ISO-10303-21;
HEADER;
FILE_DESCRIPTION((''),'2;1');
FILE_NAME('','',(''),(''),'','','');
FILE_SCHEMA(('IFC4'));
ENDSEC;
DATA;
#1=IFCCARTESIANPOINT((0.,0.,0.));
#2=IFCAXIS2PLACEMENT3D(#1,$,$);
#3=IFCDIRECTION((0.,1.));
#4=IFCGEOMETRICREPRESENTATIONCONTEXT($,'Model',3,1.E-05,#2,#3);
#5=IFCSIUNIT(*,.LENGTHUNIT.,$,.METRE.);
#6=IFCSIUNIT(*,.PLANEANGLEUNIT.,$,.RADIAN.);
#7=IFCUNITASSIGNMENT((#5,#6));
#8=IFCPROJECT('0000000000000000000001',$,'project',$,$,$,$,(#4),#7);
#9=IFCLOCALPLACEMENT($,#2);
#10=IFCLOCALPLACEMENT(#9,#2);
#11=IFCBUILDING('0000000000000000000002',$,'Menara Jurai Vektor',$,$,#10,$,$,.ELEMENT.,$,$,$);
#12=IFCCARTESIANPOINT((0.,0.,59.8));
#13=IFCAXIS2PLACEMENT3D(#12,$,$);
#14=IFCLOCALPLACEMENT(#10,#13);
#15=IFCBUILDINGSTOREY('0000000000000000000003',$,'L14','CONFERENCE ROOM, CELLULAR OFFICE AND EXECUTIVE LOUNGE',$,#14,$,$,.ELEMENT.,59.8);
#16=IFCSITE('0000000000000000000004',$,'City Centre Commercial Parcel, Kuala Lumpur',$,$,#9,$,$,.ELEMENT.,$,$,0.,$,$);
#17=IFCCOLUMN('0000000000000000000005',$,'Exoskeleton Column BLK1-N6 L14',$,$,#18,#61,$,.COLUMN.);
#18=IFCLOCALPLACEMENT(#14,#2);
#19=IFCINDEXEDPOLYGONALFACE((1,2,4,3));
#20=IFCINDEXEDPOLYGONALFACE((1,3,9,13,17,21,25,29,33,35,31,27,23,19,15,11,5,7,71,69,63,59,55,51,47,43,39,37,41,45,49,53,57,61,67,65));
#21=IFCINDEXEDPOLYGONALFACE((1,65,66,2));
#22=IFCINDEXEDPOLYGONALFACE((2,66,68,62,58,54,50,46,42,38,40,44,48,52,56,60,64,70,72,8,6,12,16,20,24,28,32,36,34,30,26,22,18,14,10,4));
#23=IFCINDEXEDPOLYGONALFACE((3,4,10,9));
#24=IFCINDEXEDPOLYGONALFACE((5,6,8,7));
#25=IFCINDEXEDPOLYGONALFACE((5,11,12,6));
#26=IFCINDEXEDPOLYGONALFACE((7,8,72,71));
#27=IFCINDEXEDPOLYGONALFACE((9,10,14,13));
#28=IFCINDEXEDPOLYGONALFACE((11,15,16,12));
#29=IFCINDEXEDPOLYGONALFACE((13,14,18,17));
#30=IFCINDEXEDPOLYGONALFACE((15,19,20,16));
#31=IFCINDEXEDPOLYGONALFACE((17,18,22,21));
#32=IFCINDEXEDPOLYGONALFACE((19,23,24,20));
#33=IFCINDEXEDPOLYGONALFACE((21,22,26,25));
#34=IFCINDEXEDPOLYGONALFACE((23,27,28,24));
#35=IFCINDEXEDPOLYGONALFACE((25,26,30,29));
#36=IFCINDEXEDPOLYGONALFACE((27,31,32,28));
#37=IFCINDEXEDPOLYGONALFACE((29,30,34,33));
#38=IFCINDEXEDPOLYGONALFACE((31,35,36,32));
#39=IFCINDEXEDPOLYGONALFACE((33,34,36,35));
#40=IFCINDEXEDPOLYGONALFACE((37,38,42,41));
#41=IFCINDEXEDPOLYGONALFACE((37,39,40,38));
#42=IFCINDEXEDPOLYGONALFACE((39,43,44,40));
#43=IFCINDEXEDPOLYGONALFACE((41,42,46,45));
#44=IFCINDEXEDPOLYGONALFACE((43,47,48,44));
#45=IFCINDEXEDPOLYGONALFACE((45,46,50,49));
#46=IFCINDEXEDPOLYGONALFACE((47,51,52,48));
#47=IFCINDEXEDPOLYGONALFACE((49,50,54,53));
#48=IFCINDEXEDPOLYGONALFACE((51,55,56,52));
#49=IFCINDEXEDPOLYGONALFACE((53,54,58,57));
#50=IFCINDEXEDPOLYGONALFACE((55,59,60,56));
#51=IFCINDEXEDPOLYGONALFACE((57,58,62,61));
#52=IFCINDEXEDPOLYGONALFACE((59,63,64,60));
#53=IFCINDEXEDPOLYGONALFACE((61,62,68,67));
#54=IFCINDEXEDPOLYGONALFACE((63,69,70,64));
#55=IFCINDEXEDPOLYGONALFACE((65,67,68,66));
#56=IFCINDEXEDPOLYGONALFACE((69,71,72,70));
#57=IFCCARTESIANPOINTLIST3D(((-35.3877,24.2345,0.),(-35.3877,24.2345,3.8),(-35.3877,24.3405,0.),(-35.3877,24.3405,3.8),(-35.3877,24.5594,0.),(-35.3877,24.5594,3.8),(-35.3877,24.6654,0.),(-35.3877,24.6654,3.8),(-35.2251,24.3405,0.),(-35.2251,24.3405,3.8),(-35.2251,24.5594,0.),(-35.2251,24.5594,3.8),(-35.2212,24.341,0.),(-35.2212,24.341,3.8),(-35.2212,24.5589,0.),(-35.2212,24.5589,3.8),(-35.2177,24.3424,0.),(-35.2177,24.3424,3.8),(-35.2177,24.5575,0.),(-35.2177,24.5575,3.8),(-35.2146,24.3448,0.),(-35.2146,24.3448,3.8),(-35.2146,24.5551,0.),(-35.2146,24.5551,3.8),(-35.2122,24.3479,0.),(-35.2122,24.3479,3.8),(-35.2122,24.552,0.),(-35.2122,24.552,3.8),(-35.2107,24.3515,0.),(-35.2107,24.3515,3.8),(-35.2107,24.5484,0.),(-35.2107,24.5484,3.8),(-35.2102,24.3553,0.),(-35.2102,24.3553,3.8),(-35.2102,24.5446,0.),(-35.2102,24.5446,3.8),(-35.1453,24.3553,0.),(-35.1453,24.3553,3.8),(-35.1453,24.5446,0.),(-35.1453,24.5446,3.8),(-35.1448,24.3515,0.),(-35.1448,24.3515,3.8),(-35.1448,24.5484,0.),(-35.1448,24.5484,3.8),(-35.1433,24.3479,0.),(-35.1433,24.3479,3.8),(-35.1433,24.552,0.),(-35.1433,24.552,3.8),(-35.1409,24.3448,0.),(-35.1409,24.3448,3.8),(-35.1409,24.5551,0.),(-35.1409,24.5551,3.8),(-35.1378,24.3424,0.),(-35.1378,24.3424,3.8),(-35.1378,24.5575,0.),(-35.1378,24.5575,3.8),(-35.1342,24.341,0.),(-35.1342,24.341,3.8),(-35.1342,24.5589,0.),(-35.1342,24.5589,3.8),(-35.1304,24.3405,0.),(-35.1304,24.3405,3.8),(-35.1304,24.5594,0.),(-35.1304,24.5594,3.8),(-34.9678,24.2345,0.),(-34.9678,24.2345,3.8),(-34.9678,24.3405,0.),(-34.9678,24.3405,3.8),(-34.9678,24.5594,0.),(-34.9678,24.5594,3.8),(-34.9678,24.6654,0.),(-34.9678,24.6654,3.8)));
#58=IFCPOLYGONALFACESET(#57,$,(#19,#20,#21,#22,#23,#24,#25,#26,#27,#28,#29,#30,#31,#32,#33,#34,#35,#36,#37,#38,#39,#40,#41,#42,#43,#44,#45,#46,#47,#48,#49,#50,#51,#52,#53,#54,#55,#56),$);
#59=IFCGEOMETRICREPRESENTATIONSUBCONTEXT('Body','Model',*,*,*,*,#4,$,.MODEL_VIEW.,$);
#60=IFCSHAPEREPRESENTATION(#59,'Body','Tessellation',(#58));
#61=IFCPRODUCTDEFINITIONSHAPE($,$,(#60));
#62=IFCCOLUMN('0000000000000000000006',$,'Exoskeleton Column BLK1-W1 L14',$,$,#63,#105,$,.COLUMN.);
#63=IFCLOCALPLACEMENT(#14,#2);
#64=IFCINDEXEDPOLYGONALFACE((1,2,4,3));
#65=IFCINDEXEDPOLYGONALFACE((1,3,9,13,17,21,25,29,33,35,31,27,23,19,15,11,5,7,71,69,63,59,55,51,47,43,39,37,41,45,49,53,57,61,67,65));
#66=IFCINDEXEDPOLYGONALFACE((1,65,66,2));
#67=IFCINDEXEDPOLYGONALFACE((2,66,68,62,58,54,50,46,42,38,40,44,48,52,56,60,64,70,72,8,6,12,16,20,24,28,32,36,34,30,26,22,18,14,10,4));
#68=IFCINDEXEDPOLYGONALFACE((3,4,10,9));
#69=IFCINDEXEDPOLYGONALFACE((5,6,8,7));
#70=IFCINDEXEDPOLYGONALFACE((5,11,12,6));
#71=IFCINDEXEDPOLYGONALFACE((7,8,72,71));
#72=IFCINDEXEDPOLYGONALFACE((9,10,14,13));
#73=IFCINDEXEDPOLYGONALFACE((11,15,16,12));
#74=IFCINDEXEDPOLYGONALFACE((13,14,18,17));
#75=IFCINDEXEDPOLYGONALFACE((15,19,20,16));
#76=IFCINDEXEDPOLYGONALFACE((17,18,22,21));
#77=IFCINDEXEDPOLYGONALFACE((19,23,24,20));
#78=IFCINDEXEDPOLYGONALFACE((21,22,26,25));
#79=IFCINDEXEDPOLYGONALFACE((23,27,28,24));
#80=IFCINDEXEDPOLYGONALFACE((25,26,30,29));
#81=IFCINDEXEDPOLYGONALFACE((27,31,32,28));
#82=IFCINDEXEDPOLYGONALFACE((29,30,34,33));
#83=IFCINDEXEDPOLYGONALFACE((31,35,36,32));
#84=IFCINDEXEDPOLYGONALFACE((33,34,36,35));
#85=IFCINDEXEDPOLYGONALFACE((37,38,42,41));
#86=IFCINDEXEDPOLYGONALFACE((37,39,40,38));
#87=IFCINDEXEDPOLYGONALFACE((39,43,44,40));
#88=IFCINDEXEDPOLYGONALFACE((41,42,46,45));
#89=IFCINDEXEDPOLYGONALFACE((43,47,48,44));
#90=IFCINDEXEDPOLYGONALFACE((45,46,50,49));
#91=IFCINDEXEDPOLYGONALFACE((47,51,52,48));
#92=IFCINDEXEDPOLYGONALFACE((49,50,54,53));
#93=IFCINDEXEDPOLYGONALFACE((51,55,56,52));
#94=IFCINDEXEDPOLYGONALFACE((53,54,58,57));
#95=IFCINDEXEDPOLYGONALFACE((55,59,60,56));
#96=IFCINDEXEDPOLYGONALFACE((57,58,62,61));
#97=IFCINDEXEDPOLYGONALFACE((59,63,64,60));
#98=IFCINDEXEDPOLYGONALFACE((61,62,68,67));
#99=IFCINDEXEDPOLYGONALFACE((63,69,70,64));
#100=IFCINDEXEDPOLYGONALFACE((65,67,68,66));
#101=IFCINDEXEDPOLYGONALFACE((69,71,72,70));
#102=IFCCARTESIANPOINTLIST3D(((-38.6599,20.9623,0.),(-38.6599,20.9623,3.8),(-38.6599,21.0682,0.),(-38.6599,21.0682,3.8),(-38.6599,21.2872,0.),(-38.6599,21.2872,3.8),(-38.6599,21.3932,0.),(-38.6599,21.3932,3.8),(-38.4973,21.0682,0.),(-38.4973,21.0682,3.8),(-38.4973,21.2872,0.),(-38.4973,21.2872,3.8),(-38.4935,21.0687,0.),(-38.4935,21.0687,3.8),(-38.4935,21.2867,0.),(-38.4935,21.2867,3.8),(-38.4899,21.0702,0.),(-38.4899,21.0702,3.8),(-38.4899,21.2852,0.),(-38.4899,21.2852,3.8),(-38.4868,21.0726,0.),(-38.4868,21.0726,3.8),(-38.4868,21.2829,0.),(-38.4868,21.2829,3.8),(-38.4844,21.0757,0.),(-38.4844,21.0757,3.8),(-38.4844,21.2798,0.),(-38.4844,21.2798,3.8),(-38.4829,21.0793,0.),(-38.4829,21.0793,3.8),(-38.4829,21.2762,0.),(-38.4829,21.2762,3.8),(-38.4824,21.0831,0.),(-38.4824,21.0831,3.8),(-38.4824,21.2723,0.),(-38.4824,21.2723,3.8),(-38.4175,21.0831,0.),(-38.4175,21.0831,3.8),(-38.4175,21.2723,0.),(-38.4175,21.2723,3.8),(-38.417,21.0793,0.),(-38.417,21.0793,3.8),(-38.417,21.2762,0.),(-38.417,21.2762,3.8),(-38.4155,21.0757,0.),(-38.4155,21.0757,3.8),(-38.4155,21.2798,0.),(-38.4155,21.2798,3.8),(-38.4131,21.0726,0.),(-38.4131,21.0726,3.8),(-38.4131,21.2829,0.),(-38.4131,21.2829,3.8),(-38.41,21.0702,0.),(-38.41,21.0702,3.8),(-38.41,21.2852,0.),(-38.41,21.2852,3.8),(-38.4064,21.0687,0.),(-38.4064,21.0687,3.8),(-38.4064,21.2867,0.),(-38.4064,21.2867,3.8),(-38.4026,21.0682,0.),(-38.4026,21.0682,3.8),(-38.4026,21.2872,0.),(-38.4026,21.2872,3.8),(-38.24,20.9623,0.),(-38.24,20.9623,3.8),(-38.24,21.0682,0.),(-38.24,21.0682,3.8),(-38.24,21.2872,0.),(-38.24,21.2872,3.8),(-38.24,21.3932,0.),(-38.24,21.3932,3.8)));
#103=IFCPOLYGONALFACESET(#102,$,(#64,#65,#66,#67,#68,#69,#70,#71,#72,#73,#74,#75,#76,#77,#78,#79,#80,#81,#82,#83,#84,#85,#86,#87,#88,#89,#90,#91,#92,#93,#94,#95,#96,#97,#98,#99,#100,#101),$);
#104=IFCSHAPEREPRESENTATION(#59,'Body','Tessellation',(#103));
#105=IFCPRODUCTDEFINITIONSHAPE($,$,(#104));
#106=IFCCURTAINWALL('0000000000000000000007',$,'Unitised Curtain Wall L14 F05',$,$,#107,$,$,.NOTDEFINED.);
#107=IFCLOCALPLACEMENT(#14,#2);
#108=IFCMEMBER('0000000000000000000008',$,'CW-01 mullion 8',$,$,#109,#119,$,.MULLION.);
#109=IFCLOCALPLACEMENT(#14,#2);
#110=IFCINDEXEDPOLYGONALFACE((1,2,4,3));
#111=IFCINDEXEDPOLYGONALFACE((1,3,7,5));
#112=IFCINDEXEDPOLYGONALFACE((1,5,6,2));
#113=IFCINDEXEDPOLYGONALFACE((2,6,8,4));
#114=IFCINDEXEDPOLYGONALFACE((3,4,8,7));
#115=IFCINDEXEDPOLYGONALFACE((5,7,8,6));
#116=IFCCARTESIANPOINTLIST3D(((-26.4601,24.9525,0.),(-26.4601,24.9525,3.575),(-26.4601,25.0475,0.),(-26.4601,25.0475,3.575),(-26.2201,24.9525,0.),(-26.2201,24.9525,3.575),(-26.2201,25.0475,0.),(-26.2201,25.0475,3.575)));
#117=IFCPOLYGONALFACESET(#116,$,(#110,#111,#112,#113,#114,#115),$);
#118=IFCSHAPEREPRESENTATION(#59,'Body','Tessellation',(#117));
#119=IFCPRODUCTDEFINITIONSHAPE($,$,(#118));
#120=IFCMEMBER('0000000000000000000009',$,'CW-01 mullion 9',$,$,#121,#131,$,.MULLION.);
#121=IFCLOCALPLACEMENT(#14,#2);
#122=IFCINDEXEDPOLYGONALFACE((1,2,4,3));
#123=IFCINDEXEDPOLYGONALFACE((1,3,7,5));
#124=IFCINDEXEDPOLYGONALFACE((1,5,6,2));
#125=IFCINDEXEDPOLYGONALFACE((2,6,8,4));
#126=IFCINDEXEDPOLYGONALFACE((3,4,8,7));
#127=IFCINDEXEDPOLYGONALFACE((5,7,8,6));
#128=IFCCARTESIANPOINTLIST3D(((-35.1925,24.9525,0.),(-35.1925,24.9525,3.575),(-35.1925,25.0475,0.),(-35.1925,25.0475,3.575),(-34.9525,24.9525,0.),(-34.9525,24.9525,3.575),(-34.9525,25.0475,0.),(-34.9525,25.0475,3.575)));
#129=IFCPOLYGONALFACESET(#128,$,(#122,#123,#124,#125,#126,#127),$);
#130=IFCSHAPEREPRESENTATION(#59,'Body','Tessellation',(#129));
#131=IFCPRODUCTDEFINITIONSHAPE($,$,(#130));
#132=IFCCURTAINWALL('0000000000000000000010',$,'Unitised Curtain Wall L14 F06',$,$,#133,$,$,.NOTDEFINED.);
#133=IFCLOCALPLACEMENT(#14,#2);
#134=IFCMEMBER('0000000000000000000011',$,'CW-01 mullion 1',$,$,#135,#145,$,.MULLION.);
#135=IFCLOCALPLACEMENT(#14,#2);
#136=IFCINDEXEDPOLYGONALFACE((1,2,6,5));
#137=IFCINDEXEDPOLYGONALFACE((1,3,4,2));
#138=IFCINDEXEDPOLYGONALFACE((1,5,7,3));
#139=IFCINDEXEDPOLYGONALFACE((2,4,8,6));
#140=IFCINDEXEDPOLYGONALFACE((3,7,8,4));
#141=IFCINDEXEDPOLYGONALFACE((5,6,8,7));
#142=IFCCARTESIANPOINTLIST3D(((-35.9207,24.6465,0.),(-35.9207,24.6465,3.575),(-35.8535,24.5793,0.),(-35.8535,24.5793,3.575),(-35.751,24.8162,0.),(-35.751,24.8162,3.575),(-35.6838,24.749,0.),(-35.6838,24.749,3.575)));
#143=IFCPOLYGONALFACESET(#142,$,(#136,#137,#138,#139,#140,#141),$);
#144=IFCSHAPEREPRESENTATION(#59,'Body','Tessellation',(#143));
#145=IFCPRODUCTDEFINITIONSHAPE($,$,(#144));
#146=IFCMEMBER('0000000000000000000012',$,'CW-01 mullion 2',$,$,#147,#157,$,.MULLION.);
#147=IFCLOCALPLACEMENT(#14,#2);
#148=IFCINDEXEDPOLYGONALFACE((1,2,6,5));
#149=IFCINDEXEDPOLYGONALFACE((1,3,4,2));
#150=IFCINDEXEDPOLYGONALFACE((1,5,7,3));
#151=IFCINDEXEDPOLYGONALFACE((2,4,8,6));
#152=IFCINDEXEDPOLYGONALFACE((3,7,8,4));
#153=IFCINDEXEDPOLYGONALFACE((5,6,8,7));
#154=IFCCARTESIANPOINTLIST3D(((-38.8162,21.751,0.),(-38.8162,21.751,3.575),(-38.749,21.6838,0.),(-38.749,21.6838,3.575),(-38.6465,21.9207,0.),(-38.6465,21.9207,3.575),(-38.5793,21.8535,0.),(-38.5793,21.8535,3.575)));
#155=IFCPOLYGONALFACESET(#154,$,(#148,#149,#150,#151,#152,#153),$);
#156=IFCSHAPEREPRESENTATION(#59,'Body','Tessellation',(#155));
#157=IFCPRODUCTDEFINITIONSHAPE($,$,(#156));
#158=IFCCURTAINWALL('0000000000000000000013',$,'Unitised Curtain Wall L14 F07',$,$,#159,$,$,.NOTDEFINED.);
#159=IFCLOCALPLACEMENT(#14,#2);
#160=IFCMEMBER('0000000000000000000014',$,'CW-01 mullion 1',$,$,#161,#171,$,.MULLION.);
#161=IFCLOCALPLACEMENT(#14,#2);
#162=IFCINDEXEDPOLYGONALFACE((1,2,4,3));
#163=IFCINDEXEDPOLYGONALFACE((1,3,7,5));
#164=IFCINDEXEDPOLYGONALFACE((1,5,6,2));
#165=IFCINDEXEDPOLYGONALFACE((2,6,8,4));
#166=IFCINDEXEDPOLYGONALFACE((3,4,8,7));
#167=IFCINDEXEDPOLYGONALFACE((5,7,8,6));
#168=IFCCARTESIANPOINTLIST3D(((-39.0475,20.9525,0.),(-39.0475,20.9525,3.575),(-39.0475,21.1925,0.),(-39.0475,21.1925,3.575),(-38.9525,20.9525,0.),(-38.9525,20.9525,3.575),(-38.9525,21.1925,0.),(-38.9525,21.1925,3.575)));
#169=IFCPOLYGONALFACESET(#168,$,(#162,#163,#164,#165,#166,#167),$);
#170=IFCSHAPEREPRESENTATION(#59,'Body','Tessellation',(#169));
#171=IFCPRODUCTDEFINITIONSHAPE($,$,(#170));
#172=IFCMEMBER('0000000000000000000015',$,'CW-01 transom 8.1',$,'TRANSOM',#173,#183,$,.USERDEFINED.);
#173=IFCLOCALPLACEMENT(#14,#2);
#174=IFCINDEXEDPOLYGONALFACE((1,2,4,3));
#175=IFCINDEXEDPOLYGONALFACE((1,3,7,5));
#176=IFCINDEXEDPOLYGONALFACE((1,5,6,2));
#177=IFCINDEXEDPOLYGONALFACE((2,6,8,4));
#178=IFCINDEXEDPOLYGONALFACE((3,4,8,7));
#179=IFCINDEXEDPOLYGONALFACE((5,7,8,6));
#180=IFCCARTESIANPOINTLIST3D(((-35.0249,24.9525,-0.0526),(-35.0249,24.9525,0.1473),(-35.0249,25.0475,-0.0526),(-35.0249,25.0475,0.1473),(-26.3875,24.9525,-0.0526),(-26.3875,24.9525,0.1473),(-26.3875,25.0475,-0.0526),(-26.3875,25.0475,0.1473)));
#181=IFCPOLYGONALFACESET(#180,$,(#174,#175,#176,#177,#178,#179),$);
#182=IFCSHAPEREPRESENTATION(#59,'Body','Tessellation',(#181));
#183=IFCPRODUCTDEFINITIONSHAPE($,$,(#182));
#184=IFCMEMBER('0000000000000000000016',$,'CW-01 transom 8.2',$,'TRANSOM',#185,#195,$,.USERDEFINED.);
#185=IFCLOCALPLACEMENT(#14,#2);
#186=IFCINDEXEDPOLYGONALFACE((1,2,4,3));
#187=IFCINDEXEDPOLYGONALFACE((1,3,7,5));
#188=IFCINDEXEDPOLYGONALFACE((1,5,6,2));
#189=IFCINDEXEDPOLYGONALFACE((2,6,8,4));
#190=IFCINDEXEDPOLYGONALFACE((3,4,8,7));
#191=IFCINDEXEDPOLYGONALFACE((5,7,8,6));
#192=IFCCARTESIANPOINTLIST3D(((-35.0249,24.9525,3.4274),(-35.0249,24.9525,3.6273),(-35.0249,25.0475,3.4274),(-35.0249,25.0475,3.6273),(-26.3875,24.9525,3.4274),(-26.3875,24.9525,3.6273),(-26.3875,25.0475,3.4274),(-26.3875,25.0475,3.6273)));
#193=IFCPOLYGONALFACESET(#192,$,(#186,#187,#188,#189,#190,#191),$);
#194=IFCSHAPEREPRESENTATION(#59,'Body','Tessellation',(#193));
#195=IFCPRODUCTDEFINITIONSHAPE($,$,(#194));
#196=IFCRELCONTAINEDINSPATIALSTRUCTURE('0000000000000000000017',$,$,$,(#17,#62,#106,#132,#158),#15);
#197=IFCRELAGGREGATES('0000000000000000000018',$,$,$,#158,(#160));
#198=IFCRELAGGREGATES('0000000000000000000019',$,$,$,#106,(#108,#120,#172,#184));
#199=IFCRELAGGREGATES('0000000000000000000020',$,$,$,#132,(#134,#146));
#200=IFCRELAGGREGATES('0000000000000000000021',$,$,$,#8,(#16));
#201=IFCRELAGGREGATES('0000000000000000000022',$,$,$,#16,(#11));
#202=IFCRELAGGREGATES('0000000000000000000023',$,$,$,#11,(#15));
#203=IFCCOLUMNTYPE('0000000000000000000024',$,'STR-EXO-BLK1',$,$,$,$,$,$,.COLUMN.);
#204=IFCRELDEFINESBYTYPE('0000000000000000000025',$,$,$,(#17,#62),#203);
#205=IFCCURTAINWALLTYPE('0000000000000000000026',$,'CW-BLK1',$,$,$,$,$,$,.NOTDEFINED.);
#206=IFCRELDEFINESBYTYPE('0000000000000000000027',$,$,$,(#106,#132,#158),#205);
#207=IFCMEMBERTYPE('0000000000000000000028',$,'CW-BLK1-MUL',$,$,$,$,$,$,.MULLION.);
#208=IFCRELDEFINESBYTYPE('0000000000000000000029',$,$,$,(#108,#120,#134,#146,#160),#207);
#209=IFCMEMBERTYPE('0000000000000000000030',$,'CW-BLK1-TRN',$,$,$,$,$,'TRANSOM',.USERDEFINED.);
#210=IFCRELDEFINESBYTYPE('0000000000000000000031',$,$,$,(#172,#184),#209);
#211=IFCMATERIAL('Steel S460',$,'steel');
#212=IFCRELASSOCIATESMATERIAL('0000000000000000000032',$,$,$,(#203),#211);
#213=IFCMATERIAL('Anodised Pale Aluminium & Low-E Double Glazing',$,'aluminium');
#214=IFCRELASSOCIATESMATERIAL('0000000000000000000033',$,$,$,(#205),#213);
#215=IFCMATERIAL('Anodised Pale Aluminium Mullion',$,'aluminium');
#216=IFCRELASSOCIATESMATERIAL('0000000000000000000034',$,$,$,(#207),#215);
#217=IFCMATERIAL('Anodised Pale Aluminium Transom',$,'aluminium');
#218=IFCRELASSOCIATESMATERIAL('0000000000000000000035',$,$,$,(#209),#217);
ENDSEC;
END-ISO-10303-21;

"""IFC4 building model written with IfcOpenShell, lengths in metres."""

from ifc_helpers import new_model, si_unit, direction, frame, origin, origin_2d, place, context, subcontext, project, spatial, rectangle, i_section, extrude, material, material_profile, profile_set, type_object, element, aggregate, save


model = new_model("IFC4")

# Units and contexts
model_context = context("Model", 3, precision=1e-05, world=origin(), true_north=direction((0.0, 1.0)))
body_context = subcontext(model_context, "Body", "Model", "MODEL_VIEW")
ifc_project = project(units=[si_unit("LENGTHUNIT", "METRE"), si_unit("PLANEANGLEUNIT", "RADIAN")], contexts=[model_context])

# Site, building, storey
site_placement = place(None, origin())
site = spatial("IfcSite", under=ifc_project, at=site_placement, Name="City Centre Commercial Parcel, Kuala Lumpur", CompositionType="ELEMENT", RefElevation=0.0)
building_placement = place(site_placement, origin())
building = spatial("IfcBuilding", under=site, at=building_placement, Name="Menara Jurai Vektor", CompositionType="ELEMENT")
storey_placement = place(building_placement, frame((0.0, 0.0, 59.8)))
storey = spatial("IfcBuildingStorey", under=building, at=storey_placement, Name="L14", Description="CONFERENCE ROOM, CELLULAR OFFICE AND EXECUTIVE LOUNGE", CompositionType="ELEMENT", Elevation=59.8)

# Columns
ifc_material_1 = material(Name="Steel S460", Category="steel")
ifc_material_profile_1 = material_profile(ifc_material_1, i_section(OverallWidth=0.4199, OverallDepth=0.4309, WebThickness=0.0649, FlangeThickness=0.106, FilletRadius=0.0149, at=origin_2d()), Name="HD 400x900")
ifc_profile_set_1 = profile_set([ifc_material_profile_1], Name="Steel S460")
column_type = type_object("IfcColumnType", Name="STR-EXO-BLK1", PredefinedType="COLUMN", material=ifc_profile_set_1)
for number, where, z_axis, x_axis, name in (
    (1, (-35.1777, 24.45, 0.0), (0.0, 0.0, 1.0), (1.0, 0.0, 0.0), "Exoskeleton Column BLK1-N6 L14"),
    (2, (-38.45, 21.1777, 0.0), (0.0, 0.0, 1.0), (1.0, 0.0, 0.0), "Exoskeleton Column BLK1-W1 L14"),
):
    element("IfcColumn", number, at=place(storey_placement, frame(where, z_axis=z_axis, x_axis=x_axis)), inside=storey, type_object=column_type, Name=name, PredefinedType="COLUMN", context=body_context, shape_type="SweptSolid", body=[
        extrude(i_section(OverallWidth=0.4199, OverallDepth=0.4309, WebThickness=0.0649, FlangeThickness=0.106, FilletRadius=0.0149, at=origin_2d()), origin(), (0.0, 0.0, 1.0), 3.8),
    ])

# Curtain walls, members
ifc_material_2 = material(Name="Anodised Pale Aluminium & Low-E Double Glazing", Category="aluminium")
curtain_wall_type = type_object("IfcCurtainWallType", Name="CW-BLK1", PredefinedType="NOTDEFINED", material=ifc_material_2)
curtain_wall_1_placement = place(storey_placement, origin())
curtain_wall_1 = element("IfcCurtainWall", 3, at=curtain_wall_1_placement, inside=storey, type_object=curtain_wall_type, Name="Unitised Curtain Wall L14 F05", PredefinedType="NOTDEFINED")
ifc_material_3 = material(Name="Anodised Pale Aluminium Mullion", Category="aluminium")
ifc_material_profile_2 = material_profile(ifc_material_3, rectangle(XDim=0.095, YDim=0.24, at=origin_2d()), Name="ALU MUL 95x240")
ifc_profile_set_2 = profile_set([ifc_material_profile_2], Name="Anodised Pale Aluminium Mullion")
member_type_1 = type_object("IfcMemberType", Name="CW-BLK1-MUL", PredefinedType="MULLION", material=ifc_profile_set_2)
member_1_placement = place(storey_placement, frame((-26.3401, 25.0, 0.0), z_axis=(0.0, 0.0, 1.0), x_axis=(0.0, -1.0, 0.0)))
member_1 = element("IfcMember", 4, at=member_1_placement, type_object=member_type_1, Name="CW-01 mullion 8", PredefinedType="MULLION", context=body_context, shape_type="SweptSolid", body=[
    extrude(rectangle(XDim=0.095, YDim=0.24, at=origin_2d()), origin(), (0.0, 0.0, 1.0), 3.575),
])
member_2_placement = place(storey_placement, frame((-35.0725, 25.0, 0.0), z_axis=(0.0, 0.0, 1.0), x_axis=(0.0, -1.0, 0.0)))
member_2 = element("IfcMember", 5, at=member_2_placement, type_object=member_type_1, Name="CW-01 mullion 9", PredefinedType="MULLION", context=body_context, shape_type="SweptSolid", body=[
    extrude(rectangle(XDim=0.095, YDim=0.24, at=origin_2d()), origin(), (0.0, 0.0, 1.0), 3.575),
])
curtain_wall_2_placement = place(storey_placement, origin())
curtain_wall_2 = element("IfcCurtainWall", 6, at=curtain_wall_2_placement, inside=storey, type_object=curtain_wall_type, Name="Unitised Curtain Wall L14 F06", PredefinedType="NOTDEFINED")
member_3_placement = place(storey_placement, frame((-35.8022, 24.6978, 0.0), z_axis=(0.0, 0.0, 1.0), x_axis=(0.707107, -0.707107, 0.0)))
member_3 = element("IfcMember", 7, at=member_3_placement, type_object=member_type_1, Name="CW-01 mullion 1", PredefinedType="MULLION", context=body_context, shape_type="SweptSolid", body=[
    extrude(rectangle(XDim=0.095, YDim=0.24, at=origin_2d()), origin(), (0.0, 0.0, 1.0), 3.575),
])
member_4_placement = place(storey_placement, frame((-38.6978, 21.8022, 0.0), z_axis=(0.0, 0.0, 1.0), x_axis=(0.707107, -0.707107, 0.0)))
member_4 = element("IfcMember", 8, at=member_4_placement, type_object=member_type_1, Name="CW-01 mullion 2", PredefinedType="MULLION", context=body_context, shape_type="SweptSolid", body=[
    extrude(rectangle(XDim=0.095, YDim=0.24, at=origin_2d()), origin(), (0.0, 0.0, 1.0), 3.575),
])

# Curtain wall, member
curtain_wall_3_placement = place(storey_placement, origin())
curtain_wall_3 = element("IfcCurtainWall", 9, at=curtain_wall_3_placement, inside=storey, type_object=curtain_wall_type, Name="Unitised Curtain Wall L14 F07", PredefinedType="NOTDEFINED")
member_5_placement = place(storey_placement, frame((-39.0, 21.0725, 0.0), z_axis=(0.0, 0.0, 1.0), x_axis=(1.0, 0.0, 0.0)))
member_5 = element("IfcMember", 10, at=member_5_placement, type_object=member_type_1, Name="CW-01 mullion 1", PredefinedType="MULLION", context=body_context, shape_type="SweptSolid", body=[
    extrude(rectangle(XDim=0.095, YDim=0.24, at=origin_2d()), origin(), (0.0, 0.0, 1.0), 3.575),
])
aggregate(curtain_wall_3, [member_5])

# Members
ifc_material_4 = material(Name="Anodised Pale Aluminium Transom", Category="aluminium")
ifc_material_profile_3 = material_profile(ifc_material_4, rectangle(XDim=0.095, YDim=0.2, at=origin_2d()), Name="ALU TRN 95x200")
ifc_profile_set_3 = profile_set([ifc_material_profile_3], Name="Anodised Pale Aluminium Transom")
member_type_2 = type_object("IfcMemberType", Name="CW-BLK1-TRN", ElementType="TRANSOM", PredefinedType="USERDEFINED", material=ifc_profile_set_3)
member_6_placement = place(storey_placement, frame((-26.3875, 25.0, 0.0474), z_axis=(-1.0, 0.0, 0.0), x_axis=(0.0, -1.0, 0.0)))
member_6 = element("IfcMember", 11, at=member_6_placement, type_object=member_type_2, Name="CW-01 transom 8.1", ObjectType="TRANSOM", PredefinedType="USERDEFINED", context=body_context, shape_type="SweptSolid", body=[
    extrude(rectangle(XDim=0.095, YDim=0.2, at=origin_2d()), origin(), (0.0, 0.0, 1.0), 8.6375),
])
member_7_placement = place(storey_placement, frame((-26.3875, 25.0, 3.5273), z_axis=(-1.0, 0.0, 0.0), x_axis=(0.0, -1.0, 0.0)))
member_7 = element("IfcMember", 12, at=member_7_placement, type_object=member_type_2, Name="CW-01 transom 8.2", ObjectType="TRANSOM", PredefinedType="USERDEFINED", context=body_context, shape_type="SweptSolid", body=[
    extrude(rectangle(XDim=0.095, YDim=0.2, at=origin_2d()), origin(), (0.0, 0.0, 1.0), 8.6375),
])

aggregate(curtain_wall_1, [member_1, member_2, member_6, member_7])
aggregate(curtain_wall_2, [member_3, member_4])

save(model, "model.ifc")
